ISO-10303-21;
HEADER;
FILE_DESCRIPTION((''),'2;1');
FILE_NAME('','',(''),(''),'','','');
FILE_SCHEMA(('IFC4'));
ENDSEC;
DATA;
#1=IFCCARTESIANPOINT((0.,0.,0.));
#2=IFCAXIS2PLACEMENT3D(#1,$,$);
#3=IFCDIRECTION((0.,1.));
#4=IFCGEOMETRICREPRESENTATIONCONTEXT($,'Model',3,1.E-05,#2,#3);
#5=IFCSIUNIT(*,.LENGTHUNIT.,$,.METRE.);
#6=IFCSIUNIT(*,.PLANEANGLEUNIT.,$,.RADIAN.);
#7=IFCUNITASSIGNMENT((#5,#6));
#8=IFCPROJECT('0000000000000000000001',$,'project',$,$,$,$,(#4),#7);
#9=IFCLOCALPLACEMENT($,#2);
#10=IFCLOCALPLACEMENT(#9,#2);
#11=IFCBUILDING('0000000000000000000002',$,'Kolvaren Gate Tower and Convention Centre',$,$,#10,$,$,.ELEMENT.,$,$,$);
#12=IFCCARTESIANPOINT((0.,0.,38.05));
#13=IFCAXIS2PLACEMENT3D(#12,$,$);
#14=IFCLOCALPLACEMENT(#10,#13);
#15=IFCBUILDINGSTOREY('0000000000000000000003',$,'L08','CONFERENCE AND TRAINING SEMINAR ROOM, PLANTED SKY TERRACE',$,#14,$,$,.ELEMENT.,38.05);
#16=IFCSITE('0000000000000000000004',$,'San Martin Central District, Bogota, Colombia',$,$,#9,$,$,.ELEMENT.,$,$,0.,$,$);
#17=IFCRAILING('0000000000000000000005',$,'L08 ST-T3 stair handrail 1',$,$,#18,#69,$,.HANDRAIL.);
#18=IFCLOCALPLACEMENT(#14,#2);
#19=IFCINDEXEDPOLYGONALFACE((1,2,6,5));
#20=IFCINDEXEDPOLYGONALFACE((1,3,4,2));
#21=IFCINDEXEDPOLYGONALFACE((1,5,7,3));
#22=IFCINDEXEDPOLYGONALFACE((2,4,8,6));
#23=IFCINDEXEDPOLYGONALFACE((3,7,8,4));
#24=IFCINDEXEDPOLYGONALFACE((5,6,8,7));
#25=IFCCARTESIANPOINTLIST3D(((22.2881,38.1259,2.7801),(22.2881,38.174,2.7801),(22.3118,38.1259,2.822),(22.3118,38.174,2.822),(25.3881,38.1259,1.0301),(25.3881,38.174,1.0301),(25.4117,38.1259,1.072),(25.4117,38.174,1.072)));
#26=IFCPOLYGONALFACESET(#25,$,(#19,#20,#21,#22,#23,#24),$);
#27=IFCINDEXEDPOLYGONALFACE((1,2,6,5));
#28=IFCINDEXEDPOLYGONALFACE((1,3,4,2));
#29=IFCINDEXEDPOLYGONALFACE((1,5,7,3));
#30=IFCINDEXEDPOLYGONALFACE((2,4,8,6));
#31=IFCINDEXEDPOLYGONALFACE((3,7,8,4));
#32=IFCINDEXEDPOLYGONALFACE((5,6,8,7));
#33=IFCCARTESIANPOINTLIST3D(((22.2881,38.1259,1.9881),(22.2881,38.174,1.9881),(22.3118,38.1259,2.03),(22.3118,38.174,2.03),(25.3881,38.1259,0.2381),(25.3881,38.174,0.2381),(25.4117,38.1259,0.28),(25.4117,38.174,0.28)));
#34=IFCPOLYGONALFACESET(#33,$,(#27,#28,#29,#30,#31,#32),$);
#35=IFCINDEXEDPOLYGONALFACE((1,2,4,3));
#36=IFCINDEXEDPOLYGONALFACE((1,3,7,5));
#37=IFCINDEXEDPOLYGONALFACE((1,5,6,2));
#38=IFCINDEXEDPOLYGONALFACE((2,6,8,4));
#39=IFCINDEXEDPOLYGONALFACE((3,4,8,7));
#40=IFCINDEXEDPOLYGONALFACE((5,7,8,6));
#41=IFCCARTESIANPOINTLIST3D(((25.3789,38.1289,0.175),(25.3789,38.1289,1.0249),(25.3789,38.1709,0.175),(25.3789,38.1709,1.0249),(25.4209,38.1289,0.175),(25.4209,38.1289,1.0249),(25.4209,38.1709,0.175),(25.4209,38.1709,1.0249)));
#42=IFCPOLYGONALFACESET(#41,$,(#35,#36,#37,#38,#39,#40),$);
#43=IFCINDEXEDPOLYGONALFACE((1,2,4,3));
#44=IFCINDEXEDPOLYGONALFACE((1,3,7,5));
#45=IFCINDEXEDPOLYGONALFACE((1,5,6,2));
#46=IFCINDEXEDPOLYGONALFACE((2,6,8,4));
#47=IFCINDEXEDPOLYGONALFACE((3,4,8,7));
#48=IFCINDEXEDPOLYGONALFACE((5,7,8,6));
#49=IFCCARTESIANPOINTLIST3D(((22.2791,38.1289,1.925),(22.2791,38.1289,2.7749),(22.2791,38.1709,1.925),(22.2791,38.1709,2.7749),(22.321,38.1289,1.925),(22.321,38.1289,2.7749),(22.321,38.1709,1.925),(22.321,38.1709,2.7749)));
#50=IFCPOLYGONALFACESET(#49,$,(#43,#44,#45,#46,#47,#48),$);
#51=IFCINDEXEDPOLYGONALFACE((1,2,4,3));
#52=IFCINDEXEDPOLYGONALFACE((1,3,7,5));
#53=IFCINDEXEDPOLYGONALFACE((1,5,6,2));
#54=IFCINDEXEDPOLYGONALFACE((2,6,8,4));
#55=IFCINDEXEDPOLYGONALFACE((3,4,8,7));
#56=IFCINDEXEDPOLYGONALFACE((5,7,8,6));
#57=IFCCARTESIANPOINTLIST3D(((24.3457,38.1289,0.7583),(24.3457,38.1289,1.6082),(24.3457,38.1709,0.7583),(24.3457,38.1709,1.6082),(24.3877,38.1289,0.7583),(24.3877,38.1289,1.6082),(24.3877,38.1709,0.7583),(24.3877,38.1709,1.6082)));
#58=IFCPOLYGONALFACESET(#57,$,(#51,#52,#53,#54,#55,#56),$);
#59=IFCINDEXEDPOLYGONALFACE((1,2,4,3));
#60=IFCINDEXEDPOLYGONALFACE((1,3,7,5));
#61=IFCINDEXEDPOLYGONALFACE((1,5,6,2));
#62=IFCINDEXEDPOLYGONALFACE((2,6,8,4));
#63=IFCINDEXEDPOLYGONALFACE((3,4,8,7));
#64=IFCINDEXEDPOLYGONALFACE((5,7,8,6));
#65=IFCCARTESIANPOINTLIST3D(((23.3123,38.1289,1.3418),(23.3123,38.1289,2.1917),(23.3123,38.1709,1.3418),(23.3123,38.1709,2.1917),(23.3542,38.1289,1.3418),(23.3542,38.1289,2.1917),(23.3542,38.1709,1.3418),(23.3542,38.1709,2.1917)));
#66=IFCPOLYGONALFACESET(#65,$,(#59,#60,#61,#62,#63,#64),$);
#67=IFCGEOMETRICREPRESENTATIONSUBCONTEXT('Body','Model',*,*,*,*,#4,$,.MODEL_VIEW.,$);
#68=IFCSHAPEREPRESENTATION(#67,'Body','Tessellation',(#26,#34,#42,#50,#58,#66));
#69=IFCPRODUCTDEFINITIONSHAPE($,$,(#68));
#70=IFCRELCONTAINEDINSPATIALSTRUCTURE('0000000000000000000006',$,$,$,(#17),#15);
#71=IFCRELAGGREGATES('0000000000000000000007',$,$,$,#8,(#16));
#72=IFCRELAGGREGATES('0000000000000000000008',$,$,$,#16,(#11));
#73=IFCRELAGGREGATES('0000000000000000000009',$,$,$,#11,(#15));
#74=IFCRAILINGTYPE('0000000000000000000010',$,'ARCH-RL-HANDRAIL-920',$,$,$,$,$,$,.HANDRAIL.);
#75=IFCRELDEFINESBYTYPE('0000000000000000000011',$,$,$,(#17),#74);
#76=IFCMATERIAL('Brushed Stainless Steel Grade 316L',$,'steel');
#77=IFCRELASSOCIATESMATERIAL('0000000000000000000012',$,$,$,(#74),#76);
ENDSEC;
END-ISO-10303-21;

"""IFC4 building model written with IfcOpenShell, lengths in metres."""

from ifc_helpers import new_model, si_unit, direction, frame, origin, origin_2d, place, context, subcontext, project, spatial, rectangle, extrude, material, type_object, element, save


model = new_model("IFC4")

# Units and contexts
model_context = context("Model", 3, precision=1e-05, world=origin(), true_north=direction((0.0, 1.0)))
body_context = subcontext(model_context, "Body", "Model", "MODEL_VIEW")
ifc_project = project(units=[si_unit("LENGTHUNIT", "METRE"), si_unit("PLANEANGLEUNIT", "RADIAN")], contexts=[model_context])

# Site, building, storey
site_placement = place(None, origin())
site = spatial("IfcSite", under=ifc_project, at=site_placement, Name="San Martin Central District, Bogota, Colombia", CompositionType="ELEMENT", RefElevation=0.0)
building_placement = place(site_placement, origin())
building = spatial("IfcBuilding", under=site, at=building_placement, Name="Kolvaren Gate Tower and Convention Centre", CompositionType="ELEMENT")
storey_placement = place(building_placement, frame((0.0, 0.0, 38.05)))
storey = spatial("IfcBuildingStorey", under=building, at=storey_placement, Name="L08", Description="CONFERENCE AND TRAINING SEMINAR ROOM, PLANTED SKY TERRACE", CompositionType="ELEMENT", Elevation=38.05)

# Railing
ifc_material_1 = material(Name="Brushed Stainless Steel Grade 316L", Category="steel")
railing_type_1 = type_object("IfcRailingType", Name="ARCH-RL-HANDRAIL-920", PredefinedType="HANDRAIL", material=ifc_material_1)
railing_1_placement = place(storey_placement, frame((25.3999, 38.1499, 0.175)))
element("IfcRailing", 1, at=railing_1_placement, inside=storey, type_object=railing_type_1, Name="L08 ST-T3 stair handrail 1", PredefinedType="HANDRAIL", context=body_context, shape_type="SweptSolid", body=[
    extrude(rectangle(XDim=0.0481, YDim=0.0481, at=origin_2d()), frame((0.0, 0.0, 0.876), z_axis=(-0.870814, 0.0, 0.491612), x_axis=(0.0, -1.0, 0.0)), (0.0, 0.0, 1.0), 3.5598),
    extrude(rectangle(XDim=0.0481, YDim=0.0481, at=origin_2d()), frame((0.0, 0.0, 0.084), z_axis=(-0.870814, 0.0, 0.491612), x_axis=(0.0, -1.0, 0.0)), (0.0, 0.0, 1.0), 3.5598),
    extrude(rectangle(XDim=0.042, YDim=0.042, at=origin_2d()), origin(), (0.0, 0.0, 1.0), 0.8499),
    extrude(rectangle(XDim=0.042, YDim=0.042, at=origin_2d()), frame((-3.0999, 0.0, 1.75)), (0.0, 0.0, 1.0), 0.8499),
    extrude(rectangle(XDim=0.042, YDim=0.042, at=origin_2d()), frame((-1.0332, 0.0, 0.5833)), (0.0, 0.0, 1.0), 0.8499),
    extrude(rectangle(XDim=0.042, YDim=0.042, at=origin_2d()), frame((-2.0667, 0.0, 1.1667)), (0.0, 0.0, 1.0), 0.8499),
])

save(model, "model.ifc")
